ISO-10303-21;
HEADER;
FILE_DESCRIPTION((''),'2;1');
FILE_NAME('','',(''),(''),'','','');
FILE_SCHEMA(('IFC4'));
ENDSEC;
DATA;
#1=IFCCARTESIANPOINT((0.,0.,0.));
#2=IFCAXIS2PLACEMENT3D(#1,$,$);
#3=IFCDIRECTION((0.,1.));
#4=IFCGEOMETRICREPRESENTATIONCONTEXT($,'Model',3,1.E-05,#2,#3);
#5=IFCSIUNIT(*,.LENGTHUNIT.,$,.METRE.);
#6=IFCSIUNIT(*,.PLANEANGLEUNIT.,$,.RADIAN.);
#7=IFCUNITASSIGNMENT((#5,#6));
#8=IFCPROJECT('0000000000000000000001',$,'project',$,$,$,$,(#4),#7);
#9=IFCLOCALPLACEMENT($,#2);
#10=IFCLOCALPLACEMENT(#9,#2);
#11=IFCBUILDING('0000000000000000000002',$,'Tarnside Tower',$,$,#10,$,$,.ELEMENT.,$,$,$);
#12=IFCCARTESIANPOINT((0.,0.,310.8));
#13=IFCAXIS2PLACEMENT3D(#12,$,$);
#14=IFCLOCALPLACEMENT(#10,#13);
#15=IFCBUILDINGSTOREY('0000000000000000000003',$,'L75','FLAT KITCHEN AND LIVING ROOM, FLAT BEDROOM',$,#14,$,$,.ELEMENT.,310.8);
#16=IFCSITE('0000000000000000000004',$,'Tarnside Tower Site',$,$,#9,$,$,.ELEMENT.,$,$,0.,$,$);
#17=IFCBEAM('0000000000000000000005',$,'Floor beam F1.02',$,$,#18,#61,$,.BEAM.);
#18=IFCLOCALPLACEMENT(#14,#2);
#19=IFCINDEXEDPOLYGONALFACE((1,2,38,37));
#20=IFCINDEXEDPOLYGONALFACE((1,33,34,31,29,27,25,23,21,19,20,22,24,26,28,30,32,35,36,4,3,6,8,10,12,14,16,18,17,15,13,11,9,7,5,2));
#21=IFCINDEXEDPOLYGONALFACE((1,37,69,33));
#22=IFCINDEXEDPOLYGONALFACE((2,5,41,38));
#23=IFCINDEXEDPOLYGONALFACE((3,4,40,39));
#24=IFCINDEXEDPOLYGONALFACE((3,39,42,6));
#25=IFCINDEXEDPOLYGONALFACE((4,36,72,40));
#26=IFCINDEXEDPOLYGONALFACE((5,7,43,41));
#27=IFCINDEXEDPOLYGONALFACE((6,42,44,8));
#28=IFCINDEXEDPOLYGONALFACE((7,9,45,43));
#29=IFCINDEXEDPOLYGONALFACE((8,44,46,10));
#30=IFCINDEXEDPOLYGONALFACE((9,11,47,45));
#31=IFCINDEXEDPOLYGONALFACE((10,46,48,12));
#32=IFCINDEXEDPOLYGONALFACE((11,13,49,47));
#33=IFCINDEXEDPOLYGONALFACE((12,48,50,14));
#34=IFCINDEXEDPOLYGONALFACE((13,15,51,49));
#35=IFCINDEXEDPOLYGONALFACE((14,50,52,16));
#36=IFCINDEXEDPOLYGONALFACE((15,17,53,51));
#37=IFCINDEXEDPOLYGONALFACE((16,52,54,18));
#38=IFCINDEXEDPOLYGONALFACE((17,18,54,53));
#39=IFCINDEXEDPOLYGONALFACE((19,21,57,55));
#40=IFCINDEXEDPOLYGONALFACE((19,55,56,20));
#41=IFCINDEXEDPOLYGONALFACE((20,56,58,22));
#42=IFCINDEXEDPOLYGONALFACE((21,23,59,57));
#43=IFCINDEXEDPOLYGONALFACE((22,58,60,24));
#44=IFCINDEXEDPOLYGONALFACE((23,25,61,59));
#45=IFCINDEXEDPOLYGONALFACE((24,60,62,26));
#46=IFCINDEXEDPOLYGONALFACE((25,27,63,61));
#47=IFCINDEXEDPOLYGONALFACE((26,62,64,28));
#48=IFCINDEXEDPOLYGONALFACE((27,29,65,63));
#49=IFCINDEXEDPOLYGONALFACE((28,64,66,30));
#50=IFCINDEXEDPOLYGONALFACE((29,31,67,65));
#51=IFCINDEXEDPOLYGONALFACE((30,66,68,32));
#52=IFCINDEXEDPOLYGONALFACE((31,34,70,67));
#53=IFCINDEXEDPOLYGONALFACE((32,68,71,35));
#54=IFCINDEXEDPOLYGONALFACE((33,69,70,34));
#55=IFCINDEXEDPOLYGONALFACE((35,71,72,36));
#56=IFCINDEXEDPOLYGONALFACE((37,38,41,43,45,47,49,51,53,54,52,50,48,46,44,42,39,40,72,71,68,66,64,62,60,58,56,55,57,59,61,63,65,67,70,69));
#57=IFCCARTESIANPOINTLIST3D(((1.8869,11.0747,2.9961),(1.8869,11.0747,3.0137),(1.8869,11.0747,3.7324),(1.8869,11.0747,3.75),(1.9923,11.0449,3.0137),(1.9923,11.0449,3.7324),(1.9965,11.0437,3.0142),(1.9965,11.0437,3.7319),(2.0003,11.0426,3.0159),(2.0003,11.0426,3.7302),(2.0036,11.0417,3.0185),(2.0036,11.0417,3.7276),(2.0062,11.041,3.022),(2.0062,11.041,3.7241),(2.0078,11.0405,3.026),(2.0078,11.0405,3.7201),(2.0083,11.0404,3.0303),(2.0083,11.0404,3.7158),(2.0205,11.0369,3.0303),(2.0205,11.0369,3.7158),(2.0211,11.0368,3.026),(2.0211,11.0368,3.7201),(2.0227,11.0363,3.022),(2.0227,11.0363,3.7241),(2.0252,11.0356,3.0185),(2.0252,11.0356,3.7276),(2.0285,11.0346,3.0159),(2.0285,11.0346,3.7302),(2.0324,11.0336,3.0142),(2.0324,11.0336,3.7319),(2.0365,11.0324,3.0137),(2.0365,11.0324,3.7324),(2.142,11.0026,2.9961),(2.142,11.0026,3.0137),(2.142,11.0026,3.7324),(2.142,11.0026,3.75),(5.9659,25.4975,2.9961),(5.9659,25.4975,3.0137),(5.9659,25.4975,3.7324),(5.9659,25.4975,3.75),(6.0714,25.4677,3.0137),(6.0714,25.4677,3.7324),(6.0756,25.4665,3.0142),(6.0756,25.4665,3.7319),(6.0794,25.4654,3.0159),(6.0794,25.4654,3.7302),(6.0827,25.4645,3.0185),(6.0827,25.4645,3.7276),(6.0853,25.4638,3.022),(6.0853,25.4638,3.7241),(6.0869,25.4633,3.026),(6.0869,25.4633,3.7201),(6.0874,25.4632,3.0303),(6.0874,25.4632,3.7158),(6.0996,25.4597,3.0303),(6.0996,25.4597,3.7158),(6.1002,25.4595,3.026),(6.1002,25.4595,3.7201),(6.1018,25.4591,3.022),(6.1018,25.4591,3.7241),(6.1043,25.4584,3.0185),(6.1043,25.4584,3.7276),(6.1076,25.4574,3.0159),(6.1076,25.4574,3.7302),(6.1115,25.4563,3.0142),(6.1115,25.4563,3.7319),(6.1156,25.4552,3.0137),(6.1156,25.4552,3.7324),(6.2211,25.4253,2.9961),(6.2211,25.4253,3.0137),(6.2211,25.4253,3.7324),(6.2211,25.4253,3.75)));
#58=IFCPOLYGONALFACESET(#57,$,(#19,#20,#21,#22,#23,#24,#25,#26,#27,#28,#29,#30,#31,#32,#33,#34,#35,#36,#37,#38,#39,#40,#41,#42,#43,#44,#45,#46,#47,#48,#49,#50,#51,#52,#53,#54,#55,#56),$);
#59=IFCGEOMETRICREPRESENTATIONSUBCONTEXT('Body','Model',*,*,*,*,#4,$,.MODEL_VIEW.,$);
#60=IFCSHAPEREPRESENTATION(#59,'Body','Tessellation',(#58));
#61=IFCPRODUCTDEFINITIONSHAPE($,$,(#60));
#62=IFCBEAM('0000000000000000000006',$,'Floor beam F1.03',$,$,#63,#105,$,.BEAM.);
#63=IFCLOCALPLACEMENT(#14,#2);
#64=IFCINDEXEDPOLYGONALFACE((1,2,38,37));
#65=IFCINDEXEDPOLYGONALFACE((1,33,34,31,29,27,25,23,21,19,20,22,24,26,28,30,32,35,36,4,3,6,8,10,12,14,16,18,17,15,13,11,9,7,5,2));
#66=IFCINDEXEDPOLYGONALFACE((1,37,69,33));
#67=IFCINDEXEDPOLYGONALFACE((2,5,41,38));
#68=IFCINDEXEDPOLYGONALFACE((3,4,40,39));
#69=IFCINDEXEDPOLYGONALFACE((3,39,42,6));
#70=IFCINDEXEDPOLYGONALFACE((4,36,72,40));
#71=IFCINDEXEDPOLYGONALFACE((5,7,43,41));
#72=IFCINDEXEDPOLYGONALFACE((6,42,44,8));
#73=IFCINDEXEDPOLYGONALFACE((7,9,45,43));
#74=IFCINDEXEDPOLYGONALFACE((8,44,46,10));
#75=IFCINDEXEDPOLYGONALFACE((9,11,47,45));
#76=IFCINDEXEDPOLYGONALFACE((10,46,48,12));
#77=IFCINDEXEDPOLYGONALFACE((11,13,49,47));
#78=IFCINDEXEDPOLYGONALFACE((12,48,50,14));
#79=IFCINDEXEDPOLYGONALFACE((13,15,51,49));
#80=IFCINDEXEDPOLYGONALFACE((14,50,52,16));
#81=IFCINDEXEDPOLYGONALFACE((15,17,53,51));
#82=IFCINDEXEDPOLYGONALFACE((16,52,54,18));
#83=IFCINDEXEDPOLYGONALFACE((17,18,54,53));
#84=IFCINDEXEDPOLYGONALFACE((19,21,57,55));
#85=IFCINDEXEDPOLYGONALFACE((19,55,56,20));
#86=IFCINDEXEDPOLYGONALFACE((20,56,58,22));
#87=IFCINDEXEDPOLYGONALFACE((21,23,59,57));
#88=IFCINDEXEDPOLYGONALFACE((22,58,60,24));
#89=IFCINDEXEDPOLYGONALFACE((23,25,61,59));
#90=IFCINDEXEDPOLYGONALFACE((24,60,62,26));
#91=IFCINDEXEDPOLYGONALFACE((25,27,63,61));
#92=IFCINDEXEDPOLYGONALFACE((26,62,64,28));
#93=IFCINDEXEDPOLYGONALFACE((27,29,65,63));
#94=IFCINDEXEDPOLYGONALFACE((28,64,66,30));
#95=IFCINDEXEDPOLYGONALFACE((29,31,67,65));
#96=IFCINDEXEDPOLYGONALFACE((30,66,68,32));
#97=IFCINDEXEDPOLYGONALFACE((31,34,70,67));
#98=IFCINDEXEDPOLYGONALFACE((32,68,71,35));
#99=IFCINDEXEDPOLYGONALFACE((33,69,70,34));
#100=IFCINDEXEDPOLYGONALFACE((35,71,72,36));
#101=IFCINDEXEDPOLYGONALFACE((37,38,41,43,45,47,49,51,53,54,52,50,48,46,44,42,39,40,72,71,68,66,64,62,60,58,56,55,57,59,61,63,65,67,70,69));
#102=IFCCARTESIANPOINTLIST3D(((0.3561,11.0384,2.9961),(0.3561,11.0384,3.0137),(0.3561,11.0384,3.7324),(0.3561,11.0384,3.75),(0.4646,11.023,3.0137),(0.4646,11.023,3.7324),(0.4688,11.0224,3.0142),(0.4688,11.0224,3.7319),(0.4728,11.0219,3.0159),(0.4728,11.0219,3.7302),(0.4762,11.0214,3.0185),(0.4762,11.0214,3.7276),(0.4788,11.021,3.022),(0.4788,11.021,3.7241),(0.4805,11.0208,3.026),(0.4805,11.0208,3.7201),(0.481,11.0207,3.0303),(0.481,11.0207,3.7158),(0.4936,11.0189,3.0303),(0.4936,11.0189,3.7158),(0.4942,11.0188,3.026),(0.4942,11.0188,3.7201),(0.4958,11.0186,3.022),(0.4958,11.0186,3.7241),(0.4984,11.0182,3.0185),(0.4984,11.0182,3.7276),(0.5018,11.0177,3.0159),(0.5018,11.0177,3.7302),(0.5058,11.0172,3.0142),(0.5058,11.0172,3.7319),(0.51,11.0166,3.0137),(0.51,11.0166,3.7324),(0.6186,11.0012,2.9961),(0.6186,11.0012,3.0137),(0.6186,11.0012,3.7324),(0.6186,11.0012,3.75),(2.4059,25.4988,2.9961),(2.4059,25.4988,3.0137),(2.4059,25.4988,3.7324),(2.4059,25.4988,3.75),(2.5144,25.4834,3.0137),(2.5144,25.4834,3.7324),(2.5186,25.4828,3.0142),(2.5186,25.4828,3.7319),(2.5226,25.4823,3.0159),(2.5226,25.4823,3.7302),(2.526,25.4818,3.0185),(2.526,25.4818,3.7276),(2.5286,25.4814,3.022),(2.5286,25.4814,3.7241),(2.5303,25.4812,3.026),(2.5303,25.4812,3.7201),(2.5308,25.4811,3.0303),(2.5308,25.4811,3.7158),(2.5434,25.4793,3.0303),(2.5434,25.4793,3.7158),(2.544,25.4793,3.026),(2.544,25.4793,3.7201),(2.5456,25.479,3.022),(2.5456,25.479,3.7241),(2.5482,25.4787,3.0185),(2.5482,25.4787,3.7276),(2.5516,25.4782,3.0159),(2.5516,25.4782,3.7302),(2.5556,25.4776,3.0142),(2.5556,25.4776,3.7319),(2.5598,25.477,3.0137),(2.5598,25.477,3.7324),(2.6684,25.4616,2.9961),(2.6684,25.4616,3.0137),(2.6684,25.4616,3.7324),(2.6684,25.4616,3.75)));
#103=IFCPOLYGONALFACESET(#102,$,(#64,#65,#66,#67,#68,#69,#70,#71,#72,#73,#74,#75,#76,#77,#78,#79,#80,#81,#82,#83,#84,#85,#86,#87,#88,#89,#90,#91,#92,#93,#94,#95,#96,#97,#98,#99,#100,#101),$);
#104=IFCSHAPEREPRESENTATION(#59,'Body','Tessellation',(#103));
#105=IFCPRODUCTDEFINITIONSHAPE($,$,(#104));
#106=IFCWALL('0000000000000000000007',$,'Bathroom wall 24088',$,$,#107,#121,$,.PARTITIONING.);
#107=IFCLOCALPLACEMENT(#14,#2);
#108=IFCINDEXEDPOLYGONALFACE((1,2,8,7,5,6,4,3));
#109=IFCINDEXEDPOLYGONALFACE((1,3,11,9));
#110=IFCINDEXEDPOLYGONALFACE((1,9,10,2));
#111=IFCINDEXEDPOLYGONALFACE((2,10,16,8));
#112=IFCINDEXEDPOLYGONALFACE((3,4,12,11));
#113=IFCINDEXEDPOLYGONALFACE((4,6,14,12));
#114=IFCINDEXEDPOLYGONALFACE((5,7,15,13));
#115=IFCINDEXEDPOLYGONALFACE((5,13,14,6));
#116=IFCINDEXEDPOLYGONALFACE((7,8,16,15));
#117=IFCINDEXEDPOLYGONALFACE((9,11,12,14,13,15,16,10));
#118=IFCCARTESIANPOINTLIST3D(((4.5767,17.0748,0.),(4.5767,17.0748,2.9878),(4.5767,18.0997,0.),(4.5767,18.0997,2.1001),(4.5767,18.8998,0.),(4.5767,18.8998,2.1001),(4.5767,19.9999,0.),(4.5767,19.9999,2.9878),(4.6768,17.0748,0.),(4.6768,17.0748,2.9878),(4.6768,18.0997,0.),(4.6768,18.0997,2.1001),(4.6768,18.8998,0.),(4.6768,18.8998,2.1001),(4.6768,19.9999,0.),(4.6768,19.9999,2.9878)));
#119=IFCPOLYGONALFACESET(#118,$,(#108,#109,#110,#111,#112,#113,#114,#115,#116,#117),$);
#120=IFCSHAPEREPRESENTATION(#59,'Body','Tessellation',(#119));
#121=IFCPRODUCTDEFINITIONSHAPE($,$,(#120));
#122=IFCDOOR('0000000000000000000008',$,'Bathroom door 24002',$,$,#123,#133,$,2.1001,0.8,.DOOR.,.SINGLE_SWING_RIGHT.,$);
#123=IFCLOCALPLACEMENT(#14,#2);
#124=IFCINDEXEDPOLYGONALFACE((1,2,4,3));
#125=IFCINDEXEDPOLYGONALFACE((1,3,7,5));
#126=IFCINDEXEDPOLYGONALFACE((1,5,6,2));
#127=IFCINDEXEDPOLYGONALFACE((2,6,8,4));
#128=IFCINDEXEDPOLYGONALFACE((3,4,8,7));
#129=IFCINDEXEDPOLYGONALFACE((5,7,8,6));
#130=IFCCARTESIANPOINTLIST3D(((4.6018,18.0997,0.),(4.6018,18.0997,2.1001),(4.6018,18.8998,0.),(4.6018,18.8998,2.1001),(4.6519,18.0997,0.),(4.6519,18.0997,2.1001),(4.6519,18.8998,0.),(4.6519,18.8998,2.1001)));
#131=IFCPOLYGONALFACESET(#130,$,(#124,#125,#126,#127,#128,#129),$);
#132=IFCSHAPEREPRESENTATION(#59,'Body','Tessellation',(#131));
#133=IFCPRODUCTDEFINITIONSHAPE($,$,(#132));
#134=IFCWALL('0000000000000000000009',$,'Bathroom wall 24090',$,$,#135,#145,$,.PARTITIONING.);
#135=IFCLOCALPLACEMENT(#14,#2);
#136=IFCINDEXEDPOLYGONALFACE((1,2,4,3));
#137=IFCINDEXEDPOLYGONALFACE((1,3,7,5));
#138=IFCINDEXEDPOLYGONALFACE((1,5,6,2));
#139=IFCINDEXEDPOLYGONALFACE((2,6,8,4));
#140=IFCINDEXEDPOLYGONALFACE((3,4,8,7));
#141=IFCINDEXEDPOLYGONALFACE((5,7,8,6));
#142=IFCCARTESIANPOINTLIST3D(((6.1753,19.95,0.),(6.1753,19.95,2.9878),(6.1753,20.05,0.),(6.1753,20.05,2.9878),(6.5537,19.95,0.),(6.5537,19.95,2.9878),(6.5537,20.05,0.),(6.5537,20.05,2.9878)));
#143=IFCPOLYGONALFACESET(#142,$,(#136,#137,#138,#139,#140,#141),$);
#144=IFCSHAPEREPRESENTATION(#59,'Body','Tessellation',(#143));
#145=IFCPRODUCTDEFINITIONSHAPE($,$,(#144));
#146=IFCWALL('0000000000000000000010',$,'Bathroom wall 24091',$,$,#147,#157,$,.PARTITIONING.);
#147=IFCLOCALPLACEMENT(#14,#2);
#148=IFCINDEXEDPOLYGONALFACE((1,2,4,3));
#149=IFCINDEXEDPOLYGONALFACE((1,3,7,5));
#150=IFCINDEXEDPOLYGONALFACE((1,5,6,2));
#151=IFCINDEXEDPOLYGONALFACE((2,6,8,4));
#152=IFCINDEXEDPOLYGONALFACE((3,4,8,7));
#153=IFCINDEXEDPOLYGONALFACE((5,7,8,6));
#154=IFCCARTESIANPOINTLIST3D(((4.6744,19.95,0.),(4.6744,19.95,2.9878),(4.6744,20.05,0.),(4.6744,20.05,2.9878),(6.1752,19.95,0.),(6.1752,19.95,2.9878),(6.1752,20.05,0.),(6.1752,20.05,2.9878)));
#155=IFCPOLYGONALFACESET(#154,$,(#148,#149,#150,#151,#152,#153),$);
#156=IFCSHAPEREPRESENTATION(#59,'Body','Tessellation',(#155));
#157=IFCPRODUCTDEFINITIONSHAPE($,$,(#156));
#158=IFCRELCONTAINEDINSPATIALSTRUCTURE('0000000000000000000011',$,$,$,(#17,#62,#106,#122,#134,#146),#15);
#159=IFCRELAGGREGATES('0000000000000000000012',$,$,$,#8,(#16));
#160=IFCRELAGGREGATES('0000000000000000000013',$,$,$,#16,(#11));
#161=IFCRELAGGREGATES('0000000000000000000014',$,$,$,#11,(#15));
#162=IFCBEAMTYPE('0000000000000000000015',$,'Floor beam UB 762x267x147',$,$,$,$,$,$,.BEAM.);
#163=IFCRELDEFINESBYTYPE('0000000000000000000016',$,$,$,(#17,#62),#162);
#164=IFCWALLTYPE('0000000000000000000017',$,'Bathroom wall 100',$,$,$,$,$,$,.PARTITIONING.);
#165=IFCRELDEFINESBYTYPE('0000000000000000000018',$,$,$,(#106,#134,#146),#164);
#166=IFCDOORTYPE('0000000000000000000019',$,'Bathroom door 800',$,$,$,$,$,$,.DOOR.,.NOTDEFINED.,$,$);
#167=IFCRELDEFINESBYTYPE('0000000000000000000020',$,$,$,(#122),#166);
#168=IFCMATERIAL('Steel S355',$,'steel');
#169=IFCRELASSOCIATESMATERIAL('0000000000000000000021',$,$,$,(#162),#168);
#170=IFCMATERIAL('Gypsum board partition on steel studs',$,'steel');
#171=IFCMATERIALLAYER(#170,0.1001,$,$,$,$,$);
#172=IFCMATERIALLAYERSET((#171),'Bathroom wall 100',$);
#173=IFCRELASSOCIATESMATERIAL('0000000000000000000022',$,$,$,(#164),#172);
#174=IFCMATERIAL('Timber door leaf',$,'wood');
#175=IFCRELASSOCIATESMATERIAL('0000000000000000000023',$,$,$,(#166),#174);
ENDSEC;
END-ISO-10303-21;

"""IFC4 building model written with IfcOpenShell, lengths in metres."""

from ifc_helpers import new_model, si_unit, direction, frame, frame_2d, origin, origin_2d, place, context, subcontext, project, spatial, rectangle, i_section, extrude, material, layer, layer_set, material_profile, profile_set, type_object, element, fill, save


model = new_model("IFC4")

# Units and contexts
model_context = context("Model", 3, precision=1e-05, world=origin(), true_north=direction((0.0, 1.0)))
body_context = subcontext(model_context, "Body", "Model", "MODEL_VIEW")
ifc_project = project(units=[si_unit("LENGTHUNIT", "METRE"), si_unit("PLANEANGLEUNIT", "RADIAN")], contexts=[model_context])

# Site, building, storey
site_placement = place(None, origin())
site = spatial("IfcSite", under=ifc_project, at=site_placement, Name="Tarnside Tower Site", CompositionType="ELEMENT", RefElevation=0.0)
building_placement = place(site_placement, origin())
building = spatial("IfcBuilding", under=site, at=building_placement, Name="Tarnside Tower", CompositionType="ELEMENT")
storey_placement = place(building_placement, frame((0.0, 0.0, 310.8)))
storey = spatial("IfcBuildingStorey", under=building, at=storey_placement, Name="L75", Description="FLAT KITCHEN AND LIVING ROOM, FLAT BEDROOM", CompositionType="ELEMENT", Elevation=310.8)

# Beams
ifc_material_1 = material(Name="Steel S355", Category="steel")
ifc_material_profile = material_profile(ifc_material_1, i_section(OverallWidth=0.2651, OverallDepth=0.7539, WebThickness=0.0127, FlangeThickness=0.0176, FilletRadius=0.0166, at=origin_2d()), Name="UB 762x267x147")
ifc_profile_set = profile_set([ifc_material_profile], Name="Steel S355")
beam_type = type_object("IfcBeamType", Name="Floor beam UB 762x267x147", PredefinedType="BEAM", material=ifc_profile_set)
beam_1_placement = place(storey_placement, frame((6.0935, 25.4614, 3.373), z_axis=(-0.272147, -0.962256, 0.0), x_axis=(0.962256, -0.272147, 0.0)))
element("IfcBeam", 1, at=beam_1_placement, inside=storey, type_object=beam_type, Name="Floor beam F1.02", PredefinedType="BEAM", context=body_context, shape_type="SweptSolid", body=[
    extrude(i_section(OverallWidth=0.2651, OverallDepth=0.7539, WebThickness=0.0127, FlangeThickness=0.0176, FilletRadius=0.0166, at=origin_2d()), origin(), (0.0, 0.0, 1.0), 14.9885),
])
beam_2_placement = place(storey_placement, frame((2.5371, 25.4802, 3.373), z_axis=(-0.140349, -0.990102, 0.0), x_axis=(0.990102, -0.140349, 0.0)))
element("IfcBeam", 2, at=beam_2_placement, inside=storey, type_object=beam_type, Name="Floor beam F1.03", PredefinedType="BEAM", context=body_context, shape_type="SweptSolid", body=[
    extrude(i_section(OverallWidth=0.2651, OverallDepth=0.7539, WebThickness=0.0127, FlangeThickness=0.0176, FilletRadius=0.0166, at=origin_2d()), origin(), (0.0, 0.0, 1.0), 14.605),
])

# Wall, opening, door
ifc_material_2 = material(Name="Gypsum board partition on steel studs", Category="steel")
ifc_layer_1 = layer(ifc_material_2, 0.1001)
ifc_layer_set_1 = layer_set([ifc_layer_1], Name="Bathroom wall 100")
wall_type_1 = type_object("IfcWallType", Name="Bathroom wall 100", PredefinedType="PARTITIONING", material=ifc_layer_set_1)
wall_1_placement = place(storey_placement, frame((4.6267, 17.075, 0.0), z_axis=(0.0, 0.0, 1.0), x_axis=(0.0, 1.0, 0.0)))
wall_1 = element("IfcWall", 3, at=wall_1_placement, inside=storey, type_object=wall_type_1, Name="Bathroom wall 24088", PredefinedType="PARTITIONING", context=body_context, shape_type="SweptSolid", body=[
    extrude(rectangle(XDim=2.925, YDim=0.1001, at=frame_2d((1.4624, 0.0))), origin(), (0.0, 0.0, 1.0), 2.9878),
])
opening_1_placement = place(wall_1_placement, frame((1.0249, 0.0, 0.0)))
opening_1 = element("IfcOpeningElement", 4, at=opening_1_placement, cuts=wall_1, PredefinedType="OPENING", context=body_context, shape_type="SweptSolid", body=[
    extrude(rectangle(XDim=0.8, YDim=2.1001, at=frame_2d((0.3999, 1.05))), frame((0.0, 0.0601, 0.0), z_axis=(0.0, -1.0, 0.0), x_axis=(1.0, 0.0, 0.0)), (0.0, 0.0, 1.0), 0.1201),
])
ifc_material_3 = material(Name="Timber door leaf", Category="wood")
door_type_1 = type_object("IfcDoorType", Name="Bathroom door 800", OperationType="NOTDEFINED", PredefinedType="DOOR", material=ifc_material_3)
door_1_placement = place(opening_1_placement, origin())
door_1 = element("IfcDoor", 5, at=door_1_placement, inside=storey, type_object=door_type_1, Name="Bathroom door 24002", OperationType="SINGLE_SWING_RIGHT", OverallHeight=2.1001, OverallWidth=0.8, PredefinedType="DOOR", context=body_context, shape_type="SweptSolid", body=[
    extrude(rectangle(XDim=0.8, YDim=2.1001, at=frame_2d((0.3999, 1.05))), frame((0.0, 0.0249, 0.0), z_axis=(0.0, -1.0, 0.0), x_axis=(1.0, 0.0, 0.0)), (0.0, 0.0, 1.0), 0.05),
])
fill(opening_1, door_1)

# Walls
wall_2_placement = place(storey_placement, frame((6.5537, 20.0, 0.0), z_axis=(0.0, 0.0, 1.0), x_axis=(-1.0, 0.0, 0.0)))
element("IfcWall", 6, at=wall_2_placement, inside=storey, type_object=wall_type_1, Name="Bathroom wall 24090", PredefinedType="PARTITIONING", context=body_context, shape_type="SweptSolid", body=[
    extrude(rectangle(XDim=0.3784, YDim=0.1001, at=frame_2d((0.1892, 0.0))), origin(), (0.0, 0.0, 1.0), 2.9878),
])
wall_3_placement = place(storey_placement, frame((6.1753, 20.0, 0.0), z_axis=(0.0, 0.0, 1.0), x_axis=(-1.0, 0.0, 0.0)))
element("IfcWall", 7, at=wall_3_placement, inside=storey, type_object=wall_type_1, Name="Bathroom wall 24091", PredefinedType="PARTITIONING", context=body_context, shape_type="SweptSolid", body=[
    extrude(rectangle(XDim=1.5007, YDim=0.1001, at=frame_2d((0.7505, 0.0))), origin(), (0.0, 0.0, 1.0), 2.9878),
])

save(model, "model.ifc")
